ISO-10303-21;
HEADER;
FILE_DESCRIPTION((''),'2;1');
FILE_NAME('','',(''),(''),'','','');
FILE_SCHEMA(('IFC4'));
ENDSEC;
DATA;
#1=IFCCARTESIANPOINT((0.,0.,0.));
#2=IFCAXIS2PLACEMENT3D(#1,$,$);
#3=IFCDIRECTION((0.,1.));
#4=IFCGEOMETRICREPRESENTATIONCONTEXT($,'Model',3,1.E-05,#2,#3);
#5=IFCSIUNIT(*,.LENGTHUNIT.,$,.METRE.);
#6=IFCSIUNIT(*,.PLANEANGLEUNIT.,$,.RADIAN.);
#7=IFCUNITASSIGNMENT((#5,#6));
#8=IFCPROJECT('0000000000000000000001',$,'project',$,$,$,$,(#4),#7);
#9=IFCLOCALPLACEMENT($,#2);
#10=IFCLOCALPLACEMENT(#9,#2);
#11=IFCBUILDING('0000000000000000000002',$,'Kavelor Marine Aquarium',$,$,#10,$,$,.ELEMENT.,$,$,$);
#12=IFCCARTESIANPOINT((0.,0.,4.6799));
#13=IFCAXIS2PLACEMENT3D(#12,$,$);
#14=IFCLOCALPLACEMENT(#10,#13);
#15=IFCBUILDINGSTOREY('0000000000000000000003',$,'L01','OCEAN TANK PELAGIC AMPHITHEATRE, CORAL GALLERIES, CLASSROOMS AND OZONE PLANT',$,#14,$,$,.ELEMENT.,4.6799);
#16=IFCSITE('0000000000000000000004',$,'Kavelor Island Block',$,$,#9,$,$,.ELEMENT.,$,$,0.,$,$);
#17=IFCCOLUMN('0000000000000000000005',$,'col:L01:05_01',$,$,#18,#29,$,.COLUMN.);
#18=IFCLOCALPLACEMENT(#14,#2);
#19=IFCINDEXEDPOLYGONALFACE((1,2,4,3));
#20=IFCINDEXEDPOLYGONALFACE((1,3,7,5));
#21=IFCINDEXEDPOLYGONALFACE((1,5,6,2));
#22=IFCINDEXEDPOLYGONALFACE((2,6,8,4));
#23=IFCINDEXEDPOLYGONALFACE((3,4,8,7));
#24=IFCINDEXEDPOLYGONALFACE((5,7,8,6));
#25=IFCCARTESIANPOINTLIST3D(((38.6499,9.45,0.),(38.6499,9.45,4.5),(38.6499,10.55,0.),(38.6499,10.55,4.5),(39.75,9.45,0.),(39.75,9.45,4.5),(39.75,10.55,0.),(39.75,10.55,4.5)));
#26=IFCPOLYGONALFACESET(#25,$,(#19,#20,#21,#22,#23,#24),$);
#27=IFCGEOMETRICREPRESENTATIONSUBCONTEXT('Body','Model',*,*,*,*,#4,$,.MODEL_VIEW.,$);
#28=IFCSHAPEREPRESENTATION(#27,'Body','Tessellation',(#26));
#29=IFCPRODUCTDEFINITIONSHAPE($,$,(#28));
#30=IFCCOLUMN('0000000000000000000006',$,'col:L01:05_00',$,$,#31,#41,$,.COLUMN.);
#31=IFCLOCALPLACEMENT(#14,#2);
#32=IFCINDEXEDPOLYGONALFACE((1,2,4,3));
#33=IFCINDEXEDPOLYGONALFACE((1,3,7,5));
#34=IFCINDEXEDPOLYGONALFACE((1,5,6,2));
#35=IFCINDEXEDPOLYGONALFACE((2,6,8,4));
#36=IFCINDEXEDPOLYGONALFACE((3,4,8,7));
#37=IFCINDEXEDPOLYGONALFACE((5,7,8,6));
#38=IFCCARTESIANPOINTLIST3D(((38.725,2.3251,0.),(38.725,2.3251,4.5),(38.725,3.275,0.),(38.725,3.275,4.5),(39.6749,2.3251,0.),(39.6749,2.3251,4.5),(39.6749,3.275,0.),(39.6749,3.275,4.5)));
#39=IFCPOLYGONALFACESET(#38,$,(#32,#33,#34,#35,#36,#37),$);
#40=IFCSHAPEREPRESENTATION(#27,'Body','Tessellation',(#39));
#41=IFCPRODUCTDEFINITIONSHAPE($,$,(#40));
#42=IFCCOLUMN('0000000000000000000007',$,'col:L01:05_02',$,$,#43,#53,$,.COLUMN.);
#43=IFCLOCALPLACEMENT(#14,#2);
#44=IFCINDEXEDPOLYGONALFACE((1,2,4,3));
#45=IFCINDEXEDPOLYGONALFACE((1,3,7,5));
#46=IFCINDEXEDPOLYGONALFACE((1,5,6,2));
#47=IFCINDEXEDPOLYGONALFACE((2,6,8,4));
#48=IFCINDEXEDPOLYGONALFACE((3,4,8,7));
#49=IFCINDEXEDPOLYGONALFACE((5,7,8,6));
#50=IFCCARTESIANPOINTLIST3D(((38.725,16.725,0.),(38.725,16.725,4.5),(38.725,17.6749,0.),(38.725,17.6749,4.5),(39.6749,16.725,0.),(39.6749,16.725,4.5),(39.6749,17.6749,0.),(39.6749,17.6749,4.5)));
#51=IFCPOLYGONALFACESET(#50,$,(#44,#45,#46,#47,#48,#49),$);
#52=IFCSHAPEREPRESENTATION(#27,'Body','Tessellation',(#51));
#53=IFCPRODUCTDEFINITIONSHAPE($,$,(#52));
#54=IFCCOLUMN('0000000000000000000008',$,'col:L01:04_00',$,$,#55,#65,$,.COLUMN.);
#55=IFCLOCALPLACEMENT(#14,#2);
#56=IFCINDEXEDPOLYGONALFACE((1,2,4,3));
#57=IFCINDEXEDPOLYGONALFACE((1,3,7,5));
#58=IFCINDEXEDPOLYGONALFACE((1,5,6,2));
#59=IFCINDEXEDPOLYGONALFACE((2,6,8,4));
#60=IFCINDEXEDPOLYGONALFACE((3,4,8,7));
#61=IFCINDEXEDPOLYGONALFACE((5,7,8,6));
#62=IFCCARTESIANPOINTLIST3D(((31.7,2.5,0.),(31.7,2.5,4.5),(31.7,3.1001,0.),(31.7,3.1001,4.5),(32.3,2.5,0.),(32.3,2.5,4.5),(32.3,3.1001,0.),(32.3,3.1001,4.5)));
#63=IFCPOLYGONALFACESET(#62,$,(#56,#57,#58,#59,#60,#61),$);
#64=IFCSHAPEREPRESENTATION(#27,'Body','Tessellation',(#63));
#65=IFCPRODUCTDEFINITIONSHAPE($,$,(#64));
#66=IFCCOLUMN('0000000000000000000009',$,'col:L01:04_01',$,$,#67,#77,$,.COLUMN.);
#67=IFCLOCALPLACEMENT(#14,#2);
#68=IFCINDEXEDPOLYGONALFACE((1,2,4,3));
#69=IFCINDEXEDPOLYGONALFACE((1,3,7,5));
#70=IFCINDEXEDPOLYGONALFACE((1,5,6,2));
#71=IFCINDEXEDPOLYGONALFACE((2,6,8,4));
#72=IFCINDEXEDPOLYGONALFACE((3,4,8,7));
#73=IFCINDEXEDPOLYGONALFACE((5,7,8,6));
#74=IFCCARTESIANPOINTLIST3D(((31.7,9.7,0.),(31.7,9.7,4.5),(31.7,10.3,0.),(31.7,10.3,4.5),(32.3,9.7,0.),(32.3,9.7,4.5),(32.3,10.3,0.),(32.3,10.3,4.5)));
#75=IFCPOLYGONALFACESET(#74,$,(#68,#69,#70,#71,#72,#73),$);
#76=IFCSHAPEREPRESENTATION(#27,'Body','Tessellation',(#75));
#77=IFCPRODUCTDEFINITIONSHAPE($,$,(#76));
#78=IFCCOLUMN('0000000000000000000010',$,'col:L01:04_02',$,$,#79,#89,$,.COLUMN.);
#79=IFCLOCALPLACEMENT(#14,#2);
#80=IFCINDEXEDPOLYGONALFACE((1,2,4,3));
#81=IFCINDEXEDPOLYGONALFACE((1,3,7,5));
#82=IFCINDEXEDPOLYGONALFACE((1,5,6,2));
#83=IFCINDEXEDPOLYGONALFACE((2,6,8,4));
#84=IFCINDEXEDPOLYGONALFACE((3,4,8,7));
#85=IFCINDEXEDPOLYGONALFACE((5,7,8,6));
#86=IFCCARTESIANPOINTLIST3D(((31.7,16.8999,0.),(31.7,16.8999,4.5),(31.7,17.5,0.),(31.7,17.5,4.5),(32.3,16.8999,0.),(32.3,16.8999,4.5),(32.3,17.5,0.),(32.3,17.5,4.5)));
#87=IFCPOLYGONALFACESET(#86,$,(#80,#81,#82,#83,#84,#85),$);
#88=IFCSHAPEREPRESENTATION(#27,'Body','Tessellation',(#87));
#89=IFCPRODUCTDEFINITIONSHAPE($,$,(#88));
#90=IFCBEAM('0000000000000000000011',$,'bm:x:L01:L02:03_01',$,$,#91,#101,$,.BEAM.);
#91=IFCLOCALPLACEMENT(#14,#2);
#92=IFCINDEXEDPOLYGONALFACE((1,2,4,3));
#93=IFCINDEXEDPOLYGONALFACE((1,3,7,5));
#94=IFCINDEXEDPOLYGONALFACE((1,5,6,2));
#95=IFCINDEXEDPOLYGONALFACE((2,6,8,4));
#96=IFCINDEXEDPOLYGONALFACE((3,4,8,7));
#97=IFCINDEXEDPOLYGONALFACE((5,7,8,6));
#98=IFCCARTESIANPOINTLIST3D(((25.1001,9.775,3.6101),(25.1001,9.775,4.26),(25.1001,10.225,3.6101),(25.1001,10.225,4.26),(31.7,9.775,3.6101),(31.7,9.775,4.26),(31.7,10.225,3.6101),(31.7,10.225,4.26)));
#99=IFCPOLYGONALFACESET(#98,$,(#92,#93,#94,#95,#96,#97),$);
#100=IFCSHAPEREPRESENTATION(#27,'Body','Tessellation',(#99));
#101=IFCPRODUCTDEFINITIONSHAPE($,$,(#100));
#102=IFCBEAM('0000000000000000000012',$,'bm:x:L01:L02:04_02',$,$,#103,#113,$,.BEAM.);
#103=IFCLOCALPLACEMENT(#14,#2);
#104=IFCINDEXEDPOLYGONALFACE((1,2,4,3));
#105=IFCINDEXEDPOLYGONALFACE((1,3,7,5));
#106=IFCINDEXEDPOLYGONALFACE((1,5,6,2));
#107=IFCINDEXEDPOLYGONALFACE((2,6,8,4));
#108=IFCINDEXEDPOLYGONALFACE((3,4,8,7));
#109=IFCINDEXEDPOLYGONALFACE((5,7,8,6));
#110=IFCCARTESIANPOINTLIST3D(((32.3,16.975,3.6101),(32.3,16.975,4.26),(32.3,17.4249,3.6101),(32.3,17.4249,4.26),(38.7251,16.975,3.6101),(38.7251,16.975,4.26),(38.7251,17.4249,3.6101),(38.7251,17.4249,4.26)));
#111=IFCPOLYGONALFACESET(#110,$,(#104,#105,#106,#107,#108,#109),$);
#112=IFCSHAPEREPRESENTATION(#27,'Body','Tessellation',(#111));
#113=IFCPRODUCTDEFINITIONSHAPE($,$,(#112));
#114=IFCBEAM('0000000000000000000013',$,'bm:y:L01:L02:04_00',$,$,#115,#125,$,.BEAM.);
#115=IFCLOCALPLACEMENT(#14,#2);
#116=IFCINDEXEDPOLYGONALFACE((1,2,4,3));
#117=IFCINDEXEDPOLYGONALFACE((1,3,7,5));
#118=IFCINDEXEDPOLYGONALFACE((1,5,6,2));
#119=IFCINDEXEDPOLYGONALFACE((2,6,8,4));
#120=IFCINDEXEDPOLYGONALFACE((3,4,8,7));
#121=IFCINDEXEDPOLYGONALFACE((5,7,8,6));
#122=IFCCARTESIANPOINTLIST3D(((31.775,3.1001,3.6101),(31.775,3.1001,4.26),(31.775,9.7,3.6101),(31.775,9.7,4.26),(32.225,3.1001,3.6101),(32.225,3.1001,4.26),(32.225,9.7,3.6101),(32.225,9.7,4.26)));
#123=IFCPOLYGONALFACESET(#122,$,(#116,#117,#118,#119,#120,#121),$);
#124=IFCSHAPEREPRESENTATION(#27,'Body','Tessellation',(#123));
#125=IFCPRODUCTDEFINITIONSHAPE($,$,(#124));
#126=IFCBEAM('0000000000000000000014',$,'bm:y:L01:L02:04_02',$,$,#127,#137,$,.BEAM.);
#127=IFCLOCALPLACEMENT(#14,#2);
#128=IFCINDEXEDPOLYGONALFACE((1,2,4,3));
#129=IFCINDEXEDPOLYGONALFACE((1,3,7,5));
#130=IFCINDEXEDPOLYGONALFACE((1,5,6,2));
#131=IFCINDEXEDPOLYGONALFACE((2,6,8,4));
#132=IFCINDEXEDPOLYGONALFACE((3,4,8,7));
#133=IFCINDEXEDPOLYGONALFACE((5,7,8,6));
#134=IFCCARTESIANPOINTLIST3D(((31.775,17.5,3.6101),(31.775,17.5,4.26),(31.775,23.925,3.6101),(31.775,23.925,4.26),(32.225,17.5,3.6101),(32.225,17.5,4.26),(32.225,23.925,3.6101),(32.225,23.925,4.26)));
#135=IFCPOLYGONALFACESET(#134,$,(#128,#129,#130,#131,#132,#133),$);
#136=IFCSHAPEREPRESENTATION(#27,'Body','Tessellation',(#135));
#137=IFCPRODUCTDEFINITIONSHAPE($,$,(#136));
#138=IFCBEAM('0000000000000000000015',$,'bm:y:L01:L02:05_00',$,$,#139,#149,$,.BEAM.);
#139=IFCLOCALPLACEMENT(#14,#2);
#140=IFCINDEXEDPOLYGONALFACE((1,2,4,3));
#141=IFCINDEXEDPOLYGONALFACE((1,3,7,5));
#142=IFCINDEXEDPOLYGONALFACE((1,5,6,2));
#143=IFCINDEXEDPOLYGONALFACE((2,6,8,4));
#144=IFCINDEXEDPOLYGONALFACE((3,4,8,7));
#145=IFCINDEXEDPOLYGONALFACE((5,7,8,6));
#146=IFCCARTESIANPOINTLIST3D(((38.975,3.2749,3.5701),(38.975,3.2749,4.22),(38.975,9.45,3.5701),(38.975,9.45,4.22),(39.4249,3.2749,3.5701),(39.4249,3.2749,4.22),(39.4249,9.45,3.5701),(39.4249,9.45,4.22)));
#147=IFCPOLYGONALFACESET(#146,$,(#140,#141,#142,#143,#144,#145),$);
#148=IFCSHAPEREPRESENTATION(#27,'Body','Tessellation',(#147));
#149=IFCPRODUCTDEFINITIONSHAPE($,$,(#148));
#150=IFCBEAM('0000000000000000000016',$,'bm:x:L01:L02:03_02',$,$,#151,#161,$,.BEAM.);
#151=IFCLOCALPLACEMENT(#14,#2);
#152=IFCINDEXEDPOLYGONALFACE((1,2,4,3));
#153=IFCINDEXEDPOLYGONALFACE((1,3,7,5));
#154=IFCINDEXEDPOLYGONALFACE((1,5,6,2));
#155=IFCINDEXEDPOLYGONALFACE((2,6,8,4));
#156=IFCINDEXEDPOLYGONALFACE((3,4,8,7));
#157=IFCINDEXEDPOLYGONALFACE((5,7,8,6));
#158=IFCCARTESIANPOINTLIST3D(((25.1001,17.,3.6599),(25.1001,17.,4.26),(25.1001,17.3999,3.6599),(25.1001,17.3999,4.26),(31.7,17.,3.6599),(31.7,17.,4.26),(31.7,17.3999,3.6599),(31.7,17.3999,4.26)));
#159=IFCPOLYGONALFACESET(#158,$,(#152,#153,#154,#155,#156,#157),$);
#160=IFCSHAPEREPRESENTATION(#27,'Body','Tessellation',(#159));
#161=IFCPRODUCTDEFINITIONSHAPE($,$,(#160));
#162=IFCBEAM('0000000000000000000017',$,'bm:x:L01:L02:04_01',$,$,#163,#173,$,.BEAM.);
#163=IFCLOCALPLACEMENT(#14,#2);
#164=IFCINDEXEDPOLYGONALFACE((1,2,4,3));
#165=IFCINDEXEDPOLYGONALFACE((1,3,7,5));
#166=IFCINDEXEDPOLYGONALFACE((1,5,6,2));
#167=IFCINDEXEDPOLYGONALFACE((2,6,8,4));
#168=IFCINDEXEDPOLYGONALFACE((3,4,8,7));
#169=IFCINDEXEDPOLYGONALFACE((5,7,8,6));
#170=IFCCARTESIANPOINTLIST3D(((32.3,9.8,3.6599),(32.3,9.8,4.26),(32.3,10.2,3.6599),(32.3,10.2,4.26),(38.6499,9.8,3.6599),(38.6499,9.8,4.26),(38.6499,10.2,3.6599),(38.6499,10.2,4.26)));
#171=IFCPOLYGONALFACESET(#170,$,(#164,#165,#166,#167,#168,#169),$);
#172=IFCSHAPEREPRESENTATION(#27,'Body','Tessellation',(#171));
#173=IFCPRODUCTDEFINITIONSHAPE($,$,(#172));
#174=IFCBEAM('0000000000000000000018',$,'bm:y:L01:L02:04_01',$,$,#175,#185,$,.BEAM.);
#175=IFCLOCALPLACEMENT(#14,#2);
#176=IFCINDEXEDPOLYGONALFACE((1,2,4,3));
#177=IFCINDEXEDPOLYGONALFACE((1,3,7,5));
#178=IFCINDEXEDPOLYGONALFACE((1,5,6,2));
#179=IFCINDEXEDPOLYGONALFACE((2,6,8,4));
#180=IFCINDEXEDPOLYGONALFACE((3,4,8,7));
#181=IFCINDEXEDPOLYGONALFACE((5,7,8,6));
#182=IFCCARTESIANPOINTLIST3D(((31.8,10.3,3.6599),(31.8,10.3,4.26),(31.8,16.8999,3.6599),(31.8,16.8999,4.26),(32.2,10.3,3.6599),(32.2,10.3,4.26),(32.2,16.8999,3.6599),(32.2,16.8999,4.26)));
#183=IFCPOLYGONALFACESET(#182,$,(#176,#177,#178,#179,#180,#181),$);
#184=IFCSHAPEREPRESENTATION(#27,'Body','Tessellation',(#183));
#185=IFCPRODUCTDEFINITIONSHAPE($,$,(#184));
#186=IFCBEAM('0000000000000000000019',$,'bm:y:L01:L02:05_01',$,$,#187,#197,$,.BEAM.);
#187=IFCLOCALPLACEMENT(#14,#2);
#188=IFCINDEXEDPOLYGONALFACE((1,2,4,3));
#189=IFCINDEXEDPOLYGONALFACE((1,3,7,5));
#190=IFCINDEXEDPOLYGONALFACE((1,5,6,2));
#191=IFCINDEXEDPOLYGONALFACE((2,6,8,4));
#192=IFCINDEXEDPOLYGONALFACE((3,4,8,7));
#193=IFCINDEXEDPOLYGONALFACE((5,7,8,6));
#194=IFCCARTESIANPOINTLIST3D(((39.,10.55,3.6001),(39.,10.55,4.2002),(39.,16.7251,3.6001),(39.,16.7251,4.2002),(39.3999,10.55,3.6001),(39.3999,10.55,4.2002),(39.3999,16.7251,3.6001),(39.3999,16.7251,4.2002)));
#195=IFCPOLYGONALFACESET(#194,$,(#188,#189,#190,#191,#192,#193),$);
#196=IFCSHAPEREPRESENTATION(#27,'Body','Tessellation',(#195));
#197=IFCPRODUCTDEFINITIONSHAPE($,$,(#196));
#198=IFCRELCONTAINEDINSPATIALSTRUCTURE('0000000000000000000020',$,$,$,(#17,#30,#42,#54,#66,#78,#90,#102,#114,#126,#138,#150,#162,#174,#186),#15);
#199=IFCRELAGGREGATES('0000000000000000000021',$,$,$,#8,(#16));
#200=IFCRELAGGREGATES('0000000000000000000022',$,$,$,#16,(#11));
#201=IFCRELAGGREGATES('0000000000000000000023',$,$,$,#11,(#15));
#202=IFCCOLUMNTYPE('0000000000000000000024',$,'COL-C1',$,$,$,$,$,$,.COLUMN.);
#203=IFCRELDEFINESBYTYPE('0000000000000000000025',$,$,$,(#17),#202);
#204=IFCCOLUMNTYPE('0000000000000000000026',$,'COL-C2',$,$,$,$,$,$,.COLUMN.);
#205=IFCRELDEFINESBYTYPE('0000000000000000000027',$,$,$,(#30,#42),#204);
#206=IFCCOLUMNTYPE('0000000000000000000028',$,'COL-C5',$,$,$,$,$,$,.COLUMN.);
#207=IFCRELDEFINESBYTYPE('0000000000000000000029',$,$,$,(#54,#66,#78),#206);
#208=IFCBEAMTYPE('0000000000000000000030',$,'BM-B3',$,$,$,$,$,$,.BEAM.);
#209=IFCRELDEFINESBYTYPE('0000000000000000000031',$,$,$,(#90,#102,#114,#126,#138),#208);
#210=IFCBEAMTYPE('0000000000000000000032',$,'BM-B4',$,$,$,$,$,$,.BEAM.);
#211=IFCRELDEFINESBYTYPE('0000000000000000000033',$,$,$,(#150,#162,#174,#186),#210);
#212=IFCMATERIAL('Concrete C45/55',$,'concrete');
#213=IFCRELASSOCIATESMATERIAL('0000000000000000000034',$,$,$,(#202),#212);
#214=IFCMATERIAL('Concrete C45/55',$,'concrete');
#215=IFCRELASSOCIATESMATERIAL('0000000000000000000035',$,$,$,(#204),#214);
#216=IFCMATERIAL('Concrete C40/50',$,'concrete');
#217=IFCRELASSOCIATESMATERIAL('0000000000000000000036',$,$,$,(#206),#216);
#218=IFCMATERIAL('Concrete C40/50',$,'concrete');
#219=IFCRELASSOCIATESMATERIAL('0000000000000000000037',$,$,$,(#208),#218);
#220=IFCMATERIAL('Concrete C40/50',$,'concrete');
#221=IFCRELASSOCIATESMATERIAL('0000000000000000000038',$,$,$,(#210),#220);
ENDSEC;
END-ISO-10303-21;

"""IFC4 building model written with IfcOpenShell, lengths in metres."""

from ifc_helpers import new_model, si_unit, direction, frame, origin, origin_2d, place, context, subcontext, project, spatial, rectangle, extrude, material, material_profile, profile_set, type_object, element, save


model = new_model("IFC4")

# Units and contexts
model_context = context("Model", 3, precision=1e-05, world=origin(), true_north=direction((0.0, 1.0)))
body_context = subcontext(model_context, "Body", "Model", "MODEL_VIEW")
ifc_project = project(units=[si_unit("LENGTHUNIT", "METRE"), si_unit("PLANEANGLEUNIT", "RADIAN")], contexts=[model_context])

# Site, building, storey
site_placement = place(None, origin())
site = spatial("IfcSite", under=ifc_project, at=site_placement, Name="Kavelor Island Block", CompositionType="ELEMENT", RefElevation=0.0)
building_placement = place(site_placement, origin())
building = spatial("IfcBuilding", under=site, at=building_placement, Name="Kavelor Marine Aquarium", CompositionType="ELEMENT")
storey_placement = place(building_placement, frame((0.0, 0.0, 4.6799)))
storey = spatial("IfcBuildingStorey", under=building, at=storey_placement, Name="L01", Description="OCEAN TANK PELAGIC AMPHITHEATRE, CORAL GALLERIES, CLASSROOMS AND OZONE PLANT", CompositionType="ELEMENT", Elevation=4.6799)

# Columns
ifc_material_1 = material(Name="Concrete C45/55", Category="concrete")
ifc_material_profile_1 = material_profile(ifc_material_1, rectangle(XDim=1.1001, YDim=1.1001, at=origin_2d()), Name="RC-COL 1100x1100")
ifc_profile_set_1 = profile_set([ifc_material_profile_1], Name="Concrete C45/55")
column_type_1 = type_object("IfcColumnType", Name="COL-C1", PredefinedType="COLUMN", material=ifc_profile_set_1)
column_placement = place(storey_placement, frame((39.2, 10.0, 0.0), z_axis=(0.0, 0.0, 1.0), x_axis=(1.0, 0.0, 0.0)))
element("IfcColumn", 1, at=column_placement, inside=storey, type_object=column_type_1, Name="col:L01:05_01", PredefinedType="COLUMN", context=body_context, shape_type="SweptSolid", body=[
    extrude(rectangle(XDim=1.1001, YDim=1.1001, at=origin_2d()), origin(), (0.0, 0.0, 1.0), 4.5),
])
ifc_material_2 = material(Name="Concrete C45/55", Category="concrete")
ifc_material_profile_2 = material_profile(ifc_material_2, rectangle(XDim=0.95, YDim=0.95, at=origin_2d()), Name="RC-COL 950x950")
ifc_profile_set_2 = profile_set([ifc_material_profile_2], Name="Concrete C45/55")
column_type_2 = type_object("IfcColumnType", Name="COL-C2", PredefinedType="COLUMN", material=ifc_profile_set_2)
for number, where, z_axis, x_axis, name in (
    (2, (39.2, 2.8, 0.0), (0.0, 0.0, 1.0), (1.0, 0.0, 0.0), "col:L01:05_00"),
    (3, (39.2, 17.2, 0.0), (0.0, 0.0, 1.0), (1.0, 0.0, 0.0), "col:L01:05_02"),
):
    element("IfcColumn", number, at=place(storey_placement, frame(where, z_axis=z_axis, x_axis=x_axis)), inside=storey, type_object=column_type_2, Name=name, PredefinedType="COLUMN", context=body_context, shape_type="SweptSolid", body=[
        extrude(rectangle(XDim=0.95, YDim=0.95, at=origin_2d()), origin(), (0.0, 0.0, 1.0), 4.5),
    ])
ifc_material_3 = material(Name="Concrete C40/50", Category="concrete")
ifc_material_profile_3 = material_profile(ifc_material_3, rectangle(XDim=0.6001, YDim=0.6001, at=origin_2d()), Name="RC-COL 600x600")
ifc_profile_set_3 = profile_set([ifc_material_profile_3], Name="Concrete C40/50")
column_type_3 = type_object("IfcColumnType", Name="COL-C5", PredefinedType="COLUMN", material=ifc_profile_set_3)
for number, where, z_axis, x_axis, name in (
    (4, (32.0, 2.8, 0.0), (0.0, 0.0, 1.0), (1.0, 0.0, 0.0), "col:L01:04_00"),
    (5, (32.0, 10.0, 0.0), (0.0, 0.0, 1.0), (1.0, 0.0, 0.0), "col:L01:04_01"),
    (6, (32.0, 17.2, 0.0), (0.0, 0.0, 1.0), (1.0, 0.0, 0.0), "col:L01:04_02"),
):
    element("IfcColumn", number, at=place(storey_placement, frame(where, z_axis=z_axis, x_axis=x_axis)), inside=storey, type_object=column_type_3, Name=name, PredefinedType="COLUMN", context=body_context, shape_type="SweptSolid", body=[
        extrude(rectangle(XDim=0.6001, YDim=0.6001, at=origin_2d()), origin(), (0.0, 0.0, 1.0), 4.5),
    ])

# Beams
ifc_material_4 = material(Name="Concrete C40/50", Category="concrete")
ifc_material_profile_4 = material_profile(ifc_material_4, rectangle(XDim=0.45, YDim=0.6499, at=origin_2d()), Name="RC-BM 450x650")
ifc_profile_set_4 = profile_set([ifc_material_profile_4], Name="Concrete C40/50")
beam_type_1 = type_object("IfcBeamType", Name="BM-B3", PredefinedType="BEAM", material=ifc_profile_set_4)
beam_1_placement = place(storey_placement, frame((25.1001, 10.0, 3.9351), z_axis=(1.0, 0.0, 0.0), x_axis=(0.0, 1.0, 0.0)))
element("IfcBeam", 7, at=beam_1_placement, inside=storey, type_object=beam_type_1, Name="bm:x:L01:L02:03_01", PredefinedType="BEAM", context=body_context, shape_type="SweptSolid", body=[
    extrude(rectangle(XDim=0.45, YDim=0.6499, at=origin_2d()), origin(), (0.0, 0.0, 1.0), 6.5999),
])
beam_2_placement = place(storey_placement, frame((32.3, 17.2, 3.9351), z_axis=(1.0, 0.0, 0.0), x_axis=(0.0, 1.0, 0.0)))
element("IfcBeam", 8, at=beam_2_placement, inside=storey, type_object=beam_type_1, Name="bm:x:L01:L02:04_02", PredefinedType="BEAM", context=body_context, shape_type="SweptSolid", body=[
    extrude(rectangle(XDim=0.45, YDim=0.6499, at=origin_2d()), origin(), (0.0, 0.0, 1.0), 6.425),
])
beam_3_placement = place(storey_placement, frame((32.0, 3.1001, 3.9351), z_axis=(0.0, 1.0, 0.0), x_axis=(-1.0, 0.0, 0.0)))
element("IfcBeam", 9, at=beam_3_placement, inside=storey, type_object=beam_type_1, Name="bm:y:L01:L02:04_00", PredefinedType="BEAM", context=body_context, shape_type="SweptSolid", body=[
    extrude(rectangle(XDim=0.45, YDim=0.6499, at=origin_2d()), origin(), (0.0, 0.0, 1.0), 6.5999),
])
beam_4_placement = place(storey_placement, frame((32.0, 17.5, 3.9351), z_axis=(0.0, 1.0, 0.0), x_axis=(-1.0, 0.0, 0.0)))
element("IfcBeam", 10, at=beam_4_placement, inside=storey, type_object=beam_type_1, Name="bm:y:L01:L02:04_02", PredefinedType="BEAM", context=body_context, shape_type="SweptSolid", body=[
    extrude(rectangle(XDim=0.45, YDim=0.6499, at=origin_2d()), origin(), (0.0, 0.0, 1.0), 6.425),
])
beam_5_placement = place(storey_placement, frame((39.2, 3.2749, 3.895), z_axis=(0.0, 1.0, 0.0), x_axis=(-1.0, 0.0, 0.0)))
element("IfcBeam", 11, at=beam_5_placement, inside=storey, type_object=beam_type_1, Name="bm:y:L01:L02:05_00", PredefinedType="BEAM", context=body_context, shape_type="SweptSolid", body=[
    extrude(rectangle(XDim=0.45, YDim=0.6499, at=origin_2d()), origin(), (0.0, 0.0, 1.0), 6.175),
])
ifc_material_5 = material(Name="Concrete C40/50", Category="concrete")
ifc_material_profile_5 = material_profile(ifc_material_5, rectangle(XDim=0.3999, YDim=0.6001, at=origin_2d()), Name="RC-BM 400x600")
ifc_profile_set_5 = profile_set([ifc_material_profile_5], Name="Concrete C40/50")
beam_type_2 = type_object("IfcBeamType", Name="BM-B4", PredefinedType="BEAM", material=ifc_profile_set_5)
beam_6_placement = place(storey_placement, frame((25.1001, 17.2, 3.96), z_axis=(1.0, 0.0, 0.0), x_axis=(0.0, 1.0, 0.0)))
element("IfcBeam", 12, at=beam_6_placement, inside=storey, type_object=beam_type_2, Name="bm:x:L01:L02:03_02", PredefinedType="BEAM", context=body_context, shape_type="SweptSolid", body=[
    extrude(rectangle(XDim=0.3999, YDim=0.6001, at=origin_2d()), origin(), (0.0, 0.0, 1.0), 6.5999),
])
beam_7_placement = place(storey_placement, frame((32.3, 10.0, 3.96), z_axis=(1.0, 0.0, 0.0), x_axis=(0.0, 1.0, 0.0)))
element("IfcBeam", 13, at=beam_7_placement, inside=storey, type_object=beam_type_2, Name="bm:x:L01:L02:04_01", PredefinedType="BEAM", context=body_context, shape_type="SweptSolid", body=[
    extrude(rectangle(XDim=0.3999, YDim=0.6001, at=origin_2d()), origin(), (0.0, 0.0, 1.0), 6.3499),
])
beam_8_placement = place(storey_placement, frame((32.0, 10.3, 3.96), z_axis=(0.0, 1.0, 0.0), x_axis=(-1.0, 0.0, 0.0)))
element("IfcBeam", 14, at=beam_8_placement, inside=storey, type_object=beam_type_2, Name="bm:y:L01:L02:04_01", PredefinedType="BEAM", context=body_context, shape_type="SweptSolid", body=[
    extrude(rectangle(XDim=0.3999, YDim=0.6001, at=origin_2d()), origin(), (0.0, 0.0, 1.0), 6.5999),
])
beam_9_placement = place(storey_placement, frame((39.2, 10.55, 3.9001), z_axis=(0.0, 1.0, 0.0), x_axis=(-1.0, 0.0, 0.0)))
element("IfcBeam", 15, at=beam_9_placement, inside=storey, type_object=beam_type_2, Name="bm:y:L01:L02:05_01", PredefinedType="BEAM", context=body_context, shape_type="SweptSolid", body=[
    extrude(rectangle(XDim=0.3999, YDim=0.6001, at=origin_2d()), origin(), (0.0, 0.0, 1.0), 6.175),
])

save(model, "model.ifc")
